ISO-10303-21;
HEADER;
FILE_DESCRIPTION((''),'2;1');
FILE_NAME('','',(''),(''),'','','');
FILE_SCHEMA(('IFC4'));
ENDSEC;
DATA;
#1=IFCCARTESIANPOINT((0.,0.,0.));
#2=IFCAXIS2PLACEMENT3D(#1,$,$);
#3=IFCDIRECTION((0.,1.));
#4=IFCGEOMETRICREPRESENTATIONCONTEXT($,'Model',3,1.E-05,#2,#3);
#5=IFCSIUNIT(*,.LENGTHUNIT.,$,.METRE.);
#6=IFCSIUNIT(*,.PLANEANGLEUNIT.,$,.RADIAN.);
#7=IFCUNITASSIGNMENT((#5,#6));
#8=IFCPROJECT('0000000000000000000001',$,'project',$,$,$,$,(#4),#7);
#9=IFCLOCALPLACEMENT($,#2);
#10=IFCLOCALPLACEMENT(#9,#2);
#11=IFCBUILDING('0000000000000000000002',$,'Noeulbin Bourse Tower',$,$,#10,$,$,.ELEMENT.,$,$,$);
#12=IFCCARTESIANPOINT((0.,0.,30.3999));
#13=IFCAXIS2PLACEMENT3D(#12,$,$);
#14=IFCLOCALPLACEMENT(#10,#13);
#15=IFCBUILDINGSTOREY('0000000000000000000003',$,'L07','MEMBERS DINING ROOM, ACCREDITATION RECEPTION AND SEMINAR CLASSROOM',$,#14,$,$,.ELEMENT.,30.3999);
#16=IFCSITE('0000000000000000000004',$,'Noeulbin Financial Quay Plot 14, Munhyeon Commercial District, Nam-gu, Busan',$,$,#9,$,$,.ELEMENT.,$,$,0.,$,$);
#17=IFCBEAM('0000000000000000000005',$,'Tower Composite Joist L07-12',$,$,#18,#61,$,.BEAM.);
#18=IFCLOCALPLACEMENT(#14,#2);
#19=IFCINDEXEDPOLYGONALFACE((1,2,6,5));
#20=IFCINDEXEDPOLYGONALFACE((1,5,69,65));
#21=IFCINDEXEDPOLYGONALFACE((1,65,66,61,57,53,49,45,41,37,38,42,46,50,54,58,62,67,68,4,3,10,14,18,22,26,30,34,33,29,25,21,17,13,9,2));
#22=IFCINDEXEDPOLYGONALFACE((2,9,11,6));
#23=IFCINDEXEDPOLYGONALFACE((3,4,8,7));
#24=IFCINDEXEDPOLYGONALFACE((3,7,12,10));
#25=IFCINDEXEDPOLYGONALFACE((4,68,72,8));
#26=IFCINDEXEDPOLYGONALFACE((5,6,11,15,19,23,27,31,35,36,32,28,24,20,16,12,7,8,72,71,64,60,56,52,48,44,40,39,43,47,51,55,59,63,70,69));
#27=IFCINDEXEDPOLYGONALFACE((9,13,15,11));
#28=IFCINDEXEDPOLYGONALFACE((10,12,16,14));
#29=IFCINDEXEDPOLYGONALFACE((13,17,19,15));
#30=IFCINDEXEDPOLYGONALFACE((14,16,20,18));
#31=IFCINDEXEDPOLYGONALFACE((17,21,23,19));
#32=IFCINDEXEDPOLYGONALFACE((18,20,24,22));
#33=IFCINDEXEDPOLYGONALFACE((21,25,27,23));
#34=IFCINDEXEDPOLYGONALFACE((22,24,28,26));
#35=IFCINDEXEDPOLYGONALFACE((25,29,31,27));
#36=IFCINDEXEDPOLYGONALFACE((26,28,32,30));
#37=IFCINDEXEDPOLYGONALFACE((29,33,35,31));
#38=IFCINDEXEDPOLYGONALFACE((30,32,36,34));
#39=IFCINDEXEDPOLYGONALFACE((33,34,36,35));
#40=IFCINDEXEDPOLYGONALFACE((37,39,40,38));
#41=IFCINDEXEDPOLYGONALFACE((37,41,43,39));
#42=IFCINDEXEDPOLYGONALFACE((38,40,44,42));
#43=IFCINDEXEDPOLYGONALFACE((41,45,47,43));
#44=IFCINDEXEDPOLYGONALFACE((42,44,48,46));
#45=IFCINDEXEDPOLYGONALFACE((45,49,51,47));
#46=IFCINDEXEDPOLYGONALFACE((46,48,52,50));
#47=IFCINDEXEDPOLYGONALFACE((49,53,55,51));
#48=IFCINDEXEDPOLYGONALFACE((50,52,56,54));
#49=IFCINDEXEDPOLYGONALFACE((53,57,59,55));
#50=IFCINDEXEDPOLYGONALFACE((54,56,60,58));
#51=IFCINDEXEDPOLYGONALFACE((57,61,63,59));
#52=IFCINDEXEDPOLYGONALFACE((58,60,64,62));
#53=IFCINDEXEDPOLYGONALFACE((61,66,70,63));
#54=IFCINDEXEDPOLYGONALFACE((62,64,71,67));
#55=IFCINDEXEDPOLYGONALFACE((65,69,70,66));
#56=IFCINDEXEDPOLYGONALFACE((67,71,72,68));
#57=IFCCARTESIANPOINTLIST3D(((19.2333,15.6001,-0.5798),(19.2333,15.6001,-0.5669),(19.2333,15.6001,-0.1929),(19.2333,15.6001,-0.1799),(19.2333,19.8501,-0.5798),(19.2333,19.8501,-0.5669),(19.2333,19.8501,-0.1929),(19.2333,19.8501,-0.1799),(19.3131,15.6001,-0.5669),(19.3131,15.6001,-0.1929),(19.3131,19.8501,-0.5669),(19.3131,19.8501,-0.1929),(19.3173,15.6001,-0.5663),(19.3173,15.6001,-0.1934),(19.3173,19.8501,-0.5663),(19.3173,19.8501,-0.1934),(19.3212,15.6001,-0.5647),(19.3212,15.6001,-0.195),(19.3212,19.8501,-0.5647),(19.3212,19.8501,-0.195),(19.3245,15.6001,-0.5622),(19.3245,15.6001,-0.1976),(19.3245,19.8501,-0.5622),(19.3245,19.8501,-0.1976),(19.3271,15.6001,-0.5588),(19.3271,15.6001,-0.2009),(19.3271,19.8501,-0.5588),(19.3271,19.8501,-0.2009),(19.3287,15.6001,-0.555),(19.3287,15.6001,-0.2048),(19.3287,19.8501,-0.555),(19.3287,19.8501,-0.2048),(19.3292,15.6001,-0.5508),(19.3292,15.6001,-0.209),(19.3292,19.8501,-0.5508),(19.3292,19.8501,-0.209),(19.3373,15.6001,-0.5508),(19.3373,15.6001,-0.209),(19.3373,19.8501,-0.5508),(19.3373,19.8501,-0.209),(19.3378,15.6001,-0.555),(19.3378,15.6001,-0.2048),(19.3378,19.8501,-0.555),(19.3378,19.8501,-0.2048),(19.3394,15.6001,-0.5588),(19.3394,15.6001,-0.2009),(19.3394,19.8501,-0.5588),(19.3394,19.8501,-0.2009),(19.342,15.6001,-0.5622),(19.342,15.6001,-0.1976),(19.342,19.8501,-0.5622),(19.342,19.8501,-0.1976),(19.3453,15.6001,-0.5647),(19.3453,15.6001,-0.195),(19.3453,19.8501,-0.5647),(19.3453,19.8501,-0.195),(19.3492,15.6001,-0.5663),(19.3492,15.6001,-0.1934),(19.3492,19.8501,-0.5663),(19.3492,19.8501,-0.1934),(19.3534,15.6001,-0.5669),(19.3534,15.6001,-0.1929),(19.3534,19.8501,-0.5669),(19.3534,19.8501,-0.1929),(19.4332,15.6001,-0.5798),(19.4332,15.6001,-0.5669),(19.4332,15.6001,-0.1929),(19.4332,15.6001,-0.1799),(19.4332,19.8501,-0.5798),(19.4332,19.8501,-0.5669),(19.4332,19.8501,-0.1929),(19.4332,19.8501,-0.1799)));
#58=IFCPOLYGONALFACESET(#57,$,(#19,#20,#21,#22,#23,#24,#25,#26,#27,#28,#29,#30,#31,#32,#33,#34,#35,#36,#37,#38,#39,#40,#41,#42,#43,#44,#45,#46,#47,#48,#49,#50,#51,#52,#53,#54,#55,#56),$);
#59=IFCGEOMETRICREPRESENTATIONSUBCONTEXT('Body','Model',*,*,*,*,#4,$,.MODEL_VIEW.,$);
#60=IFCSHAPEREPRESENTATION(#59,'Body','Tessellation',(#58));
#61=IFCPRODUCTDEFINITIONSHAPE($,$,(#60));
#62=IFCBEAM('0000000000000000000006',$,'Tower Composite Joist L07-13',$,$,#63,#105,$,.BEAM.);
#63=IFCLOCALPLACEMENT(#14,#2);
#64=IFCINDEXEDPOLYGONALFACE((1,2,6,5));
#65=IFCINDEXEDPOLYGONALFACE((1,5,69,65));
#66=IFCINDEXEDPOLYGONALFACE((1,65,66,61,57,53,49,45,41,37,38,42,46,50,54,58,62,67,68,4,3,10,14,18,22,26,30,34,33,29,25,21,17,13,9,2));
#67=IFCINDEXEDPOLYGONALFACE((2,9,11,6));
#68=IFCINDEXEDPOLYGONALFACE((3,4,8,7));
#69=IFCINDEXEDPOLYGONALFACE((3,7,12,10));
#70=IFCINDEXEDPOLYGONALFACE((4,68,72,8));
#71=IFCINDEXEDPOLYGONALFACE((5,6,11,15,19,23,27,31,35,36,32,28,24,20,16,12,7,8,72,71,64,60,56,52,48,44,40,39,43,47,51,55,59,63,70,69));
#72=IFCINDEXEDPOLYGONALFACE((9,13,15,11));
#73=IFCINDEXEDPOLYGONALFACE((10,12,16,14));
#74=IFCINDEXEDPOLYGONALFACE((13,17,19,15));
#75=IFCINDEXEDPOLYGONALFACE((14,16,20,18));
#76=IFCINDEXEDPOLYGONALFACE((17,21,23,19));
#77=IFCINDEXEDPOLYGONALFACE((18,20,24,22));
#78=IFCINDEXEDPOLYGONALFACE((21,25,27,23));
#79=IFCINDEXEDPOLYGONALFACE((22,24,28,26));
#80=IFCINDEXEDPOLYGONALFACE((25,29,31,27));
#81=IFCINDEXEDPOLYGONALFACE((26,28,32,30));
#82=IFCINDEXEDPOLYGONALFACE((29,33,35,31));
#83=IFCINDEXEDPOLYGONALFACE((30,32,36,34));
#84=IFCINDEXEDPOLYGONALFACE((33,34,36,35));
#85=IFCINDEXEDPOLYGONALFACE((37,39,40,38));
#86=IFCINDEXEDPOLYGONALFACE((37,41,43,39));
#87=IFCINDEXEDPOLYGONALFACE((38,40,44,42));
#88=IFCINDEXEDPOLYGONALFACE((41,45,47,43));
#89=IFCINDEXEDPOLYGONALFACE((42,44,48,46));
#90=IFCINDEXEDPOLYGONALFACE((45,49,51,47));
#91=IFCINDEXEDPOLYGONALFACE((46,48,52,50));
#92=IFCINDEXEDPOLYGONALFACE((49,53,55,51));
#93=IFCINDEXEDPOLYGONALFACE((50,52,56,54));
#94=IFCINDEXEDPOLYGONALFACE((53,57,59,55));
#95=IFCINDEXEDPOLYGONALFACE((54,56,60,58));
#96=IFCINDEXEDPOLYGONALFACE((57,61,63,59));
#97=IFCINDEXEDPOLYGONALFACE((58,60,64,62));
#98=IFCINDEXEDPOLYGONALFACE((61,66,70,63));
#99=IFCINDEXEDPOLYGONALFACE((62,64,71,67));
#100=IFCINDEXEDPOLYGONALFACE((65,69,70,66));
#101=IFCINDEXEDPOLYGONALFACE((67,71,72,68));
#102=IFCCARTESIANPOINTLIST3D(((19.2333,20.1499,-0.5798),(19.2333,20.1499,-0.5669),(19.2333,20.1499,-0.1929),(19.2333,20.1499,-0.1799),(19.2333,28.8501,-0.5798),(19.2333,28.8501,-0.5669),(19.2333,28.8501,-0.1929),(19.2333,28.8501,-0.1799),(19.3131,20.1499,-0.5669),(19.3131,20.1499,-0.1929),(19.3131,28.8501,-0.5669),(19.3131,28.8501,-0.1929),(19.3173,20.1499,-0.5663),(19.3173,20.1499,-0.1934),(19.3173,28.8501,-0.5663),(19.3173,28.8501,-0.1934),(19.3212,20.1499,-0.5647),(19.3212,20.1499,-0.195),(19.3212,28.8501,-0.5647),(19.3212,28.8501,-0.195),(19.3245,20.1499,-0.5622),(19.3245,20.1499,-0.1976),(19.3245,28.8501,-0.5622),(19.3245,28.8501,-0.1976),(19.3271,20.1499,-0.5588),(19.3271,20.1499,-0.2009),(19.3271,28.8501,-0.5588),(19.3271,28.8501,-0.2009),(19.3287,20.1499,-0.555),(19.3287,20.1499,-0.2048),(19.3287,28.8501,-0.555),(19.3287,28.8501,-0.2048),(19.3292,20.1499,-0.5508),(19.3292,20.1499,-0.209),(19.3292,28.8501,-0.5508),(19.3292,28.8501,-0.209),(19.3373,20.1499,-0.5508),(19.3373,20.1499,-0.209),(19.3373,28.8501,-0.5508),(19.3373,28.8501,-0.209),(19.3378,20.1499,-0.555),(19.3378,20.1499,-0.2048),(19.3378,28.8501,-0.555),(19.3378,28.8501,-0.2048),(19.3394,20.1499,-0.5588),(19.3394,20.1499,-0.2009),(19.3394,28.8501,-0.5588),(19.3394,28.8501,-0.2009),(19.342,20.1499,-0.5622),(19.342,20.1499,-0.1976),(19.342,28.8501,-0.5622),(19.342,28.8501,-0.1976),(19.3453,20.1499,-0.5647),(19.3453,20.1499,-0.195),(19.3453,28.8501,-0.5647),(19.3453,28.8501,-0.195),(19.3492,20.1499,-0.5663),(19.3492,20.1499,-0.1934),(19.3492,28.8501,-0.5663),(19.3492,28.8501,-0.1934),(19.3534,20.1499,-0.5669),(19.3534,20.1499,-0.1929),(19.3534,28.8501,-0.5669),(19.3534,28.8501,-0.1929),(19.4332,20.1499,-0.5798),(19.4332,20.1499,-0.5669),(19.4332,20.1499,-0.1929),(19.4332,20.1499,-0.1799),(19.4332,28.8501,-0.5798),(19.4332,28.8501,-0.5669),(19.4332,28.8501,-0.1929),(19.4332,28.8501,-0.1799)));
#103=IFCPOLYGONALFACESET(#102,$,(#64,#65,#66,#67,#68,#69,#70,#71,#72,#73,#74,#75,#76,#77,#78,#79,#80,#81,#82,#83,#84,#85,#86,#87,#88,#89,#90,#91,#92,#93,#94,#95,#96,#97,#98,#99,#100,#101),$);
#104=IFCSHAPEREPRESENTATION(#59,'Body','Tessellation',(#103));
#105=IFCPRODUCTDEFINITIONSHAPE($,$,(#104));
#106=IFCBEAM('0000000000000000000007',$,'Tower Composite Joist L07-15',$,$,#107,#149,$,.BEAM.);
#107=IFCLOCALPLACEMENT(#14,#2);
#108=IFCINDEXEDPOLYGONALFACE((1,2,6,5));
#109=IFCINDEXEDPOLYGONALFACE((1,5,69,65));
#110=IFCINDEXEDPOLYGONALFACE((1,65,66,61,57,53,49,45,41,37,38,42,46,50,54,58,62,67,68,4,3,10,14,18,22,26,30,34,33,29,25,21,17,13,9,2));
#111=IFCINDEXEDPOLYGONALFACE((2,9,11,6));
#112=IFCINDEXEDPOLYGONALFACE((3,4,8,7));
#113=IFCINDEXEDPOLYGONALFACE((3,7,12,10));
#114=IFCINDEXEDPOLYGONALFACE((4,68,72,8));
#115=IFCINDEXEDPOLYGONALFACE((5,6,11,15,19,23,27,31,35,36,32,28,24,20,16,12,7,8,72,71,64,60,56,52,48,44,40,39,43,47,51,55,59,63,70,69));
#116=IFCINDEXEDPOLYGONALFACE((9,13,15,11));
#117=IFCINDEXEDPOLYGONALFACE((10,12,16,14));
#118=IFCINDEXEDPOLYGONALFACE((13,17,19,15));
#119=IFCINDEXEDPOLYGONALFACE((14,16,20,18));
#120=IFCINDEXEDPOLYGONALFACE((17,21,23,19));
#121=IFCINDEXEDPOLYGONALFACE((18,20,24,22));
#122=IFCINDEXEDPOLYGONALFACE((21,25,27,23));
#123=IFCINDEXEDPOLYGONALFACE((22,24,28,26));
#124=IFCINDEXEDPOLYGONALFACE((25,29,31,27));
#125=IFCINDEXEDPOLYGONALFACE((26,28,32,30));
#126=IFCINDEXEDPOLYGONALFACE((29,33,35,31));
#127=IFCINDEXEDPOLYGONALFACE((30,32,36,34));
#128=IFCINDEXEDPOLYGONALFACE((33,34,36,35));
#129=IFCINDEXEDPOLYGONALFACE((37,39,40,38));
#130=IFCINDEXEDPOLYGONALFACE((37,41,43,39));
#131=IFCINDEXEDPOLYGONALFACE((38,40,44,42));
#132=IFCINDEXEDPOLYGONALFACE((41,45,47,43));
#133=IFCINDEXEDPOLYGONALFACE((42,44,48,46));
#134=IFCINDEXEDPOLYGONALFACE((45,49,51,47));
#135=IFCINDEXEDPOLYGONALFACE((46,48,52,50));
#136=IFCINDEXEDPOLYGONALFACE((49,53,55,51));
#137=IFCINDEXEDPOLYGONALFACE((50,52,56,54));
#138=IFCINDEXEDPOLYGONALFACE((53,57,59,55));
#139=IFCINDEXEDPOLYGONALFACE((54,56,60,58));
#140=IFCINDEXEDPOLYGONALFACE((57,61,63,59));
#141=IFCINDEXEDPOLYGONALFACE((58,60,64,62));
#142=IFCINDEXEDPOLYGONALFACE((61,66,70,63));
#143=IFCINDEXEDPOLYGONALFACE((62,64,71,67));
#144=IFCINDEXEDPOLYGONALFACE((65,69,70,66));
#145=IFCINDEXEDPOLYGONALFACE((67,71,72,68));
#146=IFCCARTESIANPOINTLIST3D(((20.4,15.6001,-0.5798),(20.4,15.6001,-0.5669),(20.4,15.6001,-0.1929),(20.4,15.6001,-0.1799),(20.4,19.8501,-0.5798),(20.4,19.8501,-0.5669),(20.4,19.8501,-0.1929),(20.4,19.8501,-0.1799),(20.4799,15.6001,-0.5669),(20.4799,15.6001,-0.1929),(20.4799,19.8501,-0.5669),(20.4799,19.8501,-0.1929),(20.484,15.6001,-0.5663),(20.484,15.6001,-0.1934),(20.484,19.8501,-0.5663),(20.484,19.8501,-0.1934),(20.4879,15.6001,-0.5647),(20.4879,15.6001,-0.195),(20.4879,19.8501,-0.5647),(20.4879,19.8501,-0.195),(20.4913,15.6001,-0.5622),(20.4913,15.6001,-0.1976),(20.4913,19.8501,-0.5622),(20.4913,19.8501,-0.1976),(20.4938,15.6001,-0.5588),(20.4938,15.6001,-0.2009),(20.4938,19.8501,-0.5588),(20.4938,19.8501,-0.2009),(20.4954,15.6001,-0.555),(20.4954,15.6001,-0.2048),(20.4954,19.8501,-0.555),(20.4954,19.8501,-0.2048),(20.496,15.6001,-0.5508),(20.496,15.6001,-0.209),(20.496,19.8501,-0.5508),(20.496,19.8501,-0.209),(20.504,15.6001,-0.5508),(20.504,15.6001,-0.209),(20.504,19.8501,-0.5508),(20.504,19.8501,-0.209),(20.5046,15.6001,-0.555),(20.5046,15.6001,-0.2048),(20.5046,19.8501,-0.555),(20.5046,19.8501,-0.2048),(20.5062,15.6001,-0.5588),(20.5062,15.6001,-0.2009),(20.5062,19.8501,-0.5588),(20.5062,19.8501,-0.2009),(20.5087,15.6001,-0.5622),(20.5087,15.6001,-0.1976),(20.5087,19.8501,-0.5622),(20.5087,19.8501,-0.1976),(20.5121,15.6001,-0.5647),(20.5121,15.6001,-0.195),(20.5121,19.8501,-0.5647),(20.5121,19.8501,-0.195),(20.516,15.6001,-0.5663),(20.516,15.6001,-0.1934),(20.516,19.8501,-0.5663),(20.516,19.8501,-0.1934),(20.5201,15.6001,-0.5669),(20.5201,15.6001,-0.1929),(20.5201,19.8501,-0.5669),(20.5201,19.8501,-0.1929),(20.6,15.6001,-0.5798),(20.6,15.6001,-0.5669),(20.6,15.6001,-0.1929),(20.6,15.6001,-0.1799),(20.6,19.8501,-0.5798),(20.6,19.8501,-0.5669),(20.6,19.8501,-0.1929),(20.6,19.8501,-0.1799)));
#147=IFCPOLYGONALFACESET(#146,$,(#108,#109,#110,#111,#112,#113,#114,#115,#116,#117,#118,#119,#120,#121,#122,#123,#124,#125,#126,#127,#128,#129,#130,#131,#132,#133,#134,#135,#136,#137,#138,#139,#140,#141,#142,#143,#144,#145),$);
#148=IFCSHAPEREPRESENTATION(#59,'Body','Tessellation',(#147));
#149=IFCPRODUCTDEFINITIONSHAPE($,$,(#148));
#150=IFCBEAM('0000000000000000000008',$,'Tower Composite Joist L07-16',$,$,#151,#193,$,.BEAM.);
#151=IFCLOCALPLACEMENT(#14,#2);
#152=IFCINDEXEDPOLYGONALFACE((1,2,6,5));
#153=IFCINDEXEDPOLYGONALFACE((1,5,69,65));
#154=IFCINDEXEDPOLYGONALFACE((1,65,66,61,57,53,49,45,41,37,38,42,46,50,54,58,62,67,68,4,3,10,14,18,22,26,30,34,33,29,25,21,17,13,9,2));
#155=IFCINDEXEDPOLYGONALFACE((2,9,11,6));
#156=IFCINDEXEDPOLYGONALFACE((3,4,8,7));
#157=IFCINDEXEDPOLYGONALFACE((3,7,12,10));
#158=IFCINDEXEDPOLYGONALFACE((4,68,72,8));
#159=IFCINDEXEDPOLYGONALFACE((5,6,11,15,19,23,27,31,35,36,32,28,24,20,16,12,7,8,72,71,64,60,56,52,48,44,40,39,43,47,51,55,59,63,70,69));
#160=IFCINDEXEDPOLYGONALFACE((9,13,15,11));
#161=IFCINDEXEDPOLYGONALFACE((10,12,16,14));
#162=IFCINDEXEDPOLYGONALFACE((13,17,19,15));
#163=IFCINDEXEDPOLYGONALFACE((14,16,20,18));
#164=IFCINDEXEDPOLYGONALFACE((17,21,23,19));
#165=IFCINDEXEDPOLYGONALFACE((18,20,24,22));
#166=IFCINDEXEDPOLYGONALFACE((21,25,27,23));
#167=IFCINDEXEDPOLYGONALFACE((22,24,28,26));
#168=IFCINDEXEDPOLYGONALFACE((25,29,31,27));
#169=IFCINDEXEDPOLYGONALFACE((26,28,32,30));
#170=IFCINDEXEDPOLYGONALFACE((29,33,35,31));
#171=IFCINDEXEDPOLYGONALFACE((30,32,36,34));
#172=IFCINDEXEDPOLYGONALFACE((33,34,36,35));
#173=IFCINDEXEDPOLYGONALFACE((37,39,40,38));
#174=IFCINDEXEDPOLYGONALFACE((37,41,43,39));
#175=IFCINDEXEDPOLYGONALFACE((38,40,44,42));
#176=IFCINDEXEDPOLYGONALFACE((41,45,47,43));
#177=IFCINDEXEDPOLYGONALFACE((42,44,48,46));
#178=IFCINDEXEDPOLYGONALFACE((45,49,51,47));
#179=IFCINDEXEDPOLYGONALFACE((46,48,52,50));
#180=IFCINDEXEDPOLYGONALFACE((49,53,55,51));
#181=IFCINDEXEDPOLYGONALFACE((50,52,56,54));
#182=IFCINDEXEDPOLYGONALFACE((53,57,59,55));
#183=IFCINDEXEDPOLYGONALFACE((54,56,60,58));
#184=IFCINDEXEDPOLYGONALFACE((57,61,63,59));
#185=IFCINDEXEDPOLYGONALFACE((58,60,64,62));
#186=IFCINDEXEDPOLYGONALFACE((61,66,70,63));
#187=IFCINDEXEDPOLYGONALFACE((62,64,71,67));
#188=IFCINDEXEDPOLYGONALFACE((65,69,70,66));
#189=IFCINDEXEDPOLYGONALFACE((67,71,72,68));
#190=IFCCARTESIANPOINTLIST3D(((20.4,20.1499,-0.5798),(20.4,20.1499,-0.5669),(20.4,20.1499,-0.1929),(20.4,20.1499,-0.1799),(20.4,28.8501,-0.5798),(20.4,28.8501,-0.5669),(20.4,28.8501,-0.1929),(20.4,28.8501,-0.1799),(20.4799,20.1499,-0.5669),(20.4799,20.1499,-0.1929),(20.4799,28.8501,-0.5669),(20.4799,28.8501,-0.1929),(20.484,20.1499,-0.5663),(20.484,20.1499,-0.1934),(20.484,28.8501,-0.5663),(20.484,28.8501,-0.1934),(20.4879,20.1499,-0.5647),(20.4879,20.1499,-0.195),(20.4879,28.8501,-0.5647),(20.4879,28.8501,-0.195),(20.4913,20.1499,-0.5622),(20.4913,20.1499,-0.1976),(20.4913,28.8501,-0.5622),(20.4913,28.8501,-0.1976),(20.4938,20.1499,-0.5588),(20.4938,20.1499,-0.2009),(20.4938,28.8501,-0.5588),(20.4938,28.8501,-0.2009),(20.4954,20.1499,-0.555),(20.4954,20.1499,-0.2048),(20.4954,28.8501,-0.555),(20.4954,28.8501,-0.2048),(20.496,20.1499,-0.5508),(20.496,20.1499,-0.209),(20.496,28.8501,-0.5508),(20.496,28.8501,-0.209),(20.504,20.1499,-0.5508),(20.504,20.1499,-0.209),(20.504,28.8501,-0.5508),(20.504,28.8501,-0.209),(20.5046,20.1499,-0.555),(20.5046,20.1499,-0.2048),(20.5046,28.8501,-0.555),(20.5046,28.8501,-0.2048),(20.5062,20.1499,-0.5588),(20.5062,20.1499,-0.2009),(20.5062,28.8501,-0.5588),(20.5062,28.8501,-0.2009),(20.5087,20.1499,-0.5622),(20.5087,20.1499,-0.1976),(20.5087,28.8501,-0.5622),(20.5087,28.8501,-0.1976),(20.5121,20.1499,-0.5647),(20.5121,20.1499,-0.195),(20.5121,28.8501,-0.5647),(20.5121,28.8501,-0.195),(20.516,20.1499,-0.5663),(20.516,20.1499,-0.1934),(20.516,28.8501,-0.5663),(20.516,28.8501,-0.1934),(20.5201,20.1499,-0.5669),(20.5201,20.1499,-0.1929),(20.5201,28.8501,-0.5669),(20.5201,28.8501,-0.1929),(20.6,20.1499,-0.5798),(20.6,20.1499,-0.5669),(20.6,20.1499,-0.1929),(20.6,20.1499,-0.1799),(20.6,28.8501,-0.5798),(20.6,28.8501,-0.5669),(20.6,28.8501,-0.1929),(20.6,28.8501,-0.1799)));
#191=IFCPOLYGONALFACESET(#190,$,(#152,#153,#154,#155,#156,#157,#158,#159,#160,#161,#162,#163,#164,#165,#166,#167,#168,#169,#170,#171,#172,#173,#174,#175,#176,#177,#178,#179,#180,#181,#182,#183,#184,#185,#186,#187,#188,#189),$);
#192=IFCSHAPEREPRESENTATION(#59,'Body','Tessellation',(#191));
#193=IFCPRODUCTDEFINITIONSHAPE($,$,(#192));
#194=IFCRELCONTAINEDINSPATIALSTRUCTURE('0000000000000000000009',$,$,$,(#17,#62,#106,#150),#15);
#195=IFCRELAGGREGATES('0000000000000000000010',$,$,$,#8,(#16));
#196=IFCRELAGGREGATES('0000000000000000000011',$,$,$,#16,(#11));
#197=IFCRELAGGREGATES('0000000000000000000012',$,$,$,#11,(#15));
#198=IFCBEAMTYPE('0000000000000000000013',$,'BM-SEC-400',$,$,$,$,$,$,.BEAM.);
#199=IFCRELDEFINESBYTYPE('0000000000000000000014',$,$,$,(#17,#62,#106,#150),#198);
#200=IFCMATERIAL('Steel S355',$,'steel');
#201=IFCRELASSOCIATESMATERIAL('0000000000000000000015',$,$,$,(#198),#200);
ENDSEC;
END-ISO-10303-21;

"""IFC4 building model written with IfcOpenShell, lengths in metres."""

from ifc_helpers import new_model, si_unit, direction, frame, origin, origin_2d, place, context, subcontext, project, spatial, i_section, extrude, material, material_profile, profile_set, type_object, element, save


model = new_model("IFC4")

# Units and contexts
model_context = context("Model", 3, precision=1e-05, world=origin(), true_north=direction((0.0, 1.0)))
body_context = subcontext(model_context, "Body", "Model", "MODEL_VIEW")
ifc_project = project(units=[si_unit("LENGTHUNIT", "METRE"), si_unit("PLANEANGLEUNIT", "RADIAN")], contexts=[model_context])

# Site, building, storey
site_placement = place(None, origin())
site = spatial("IfcSite", under=ifc_project, at=site_placement, Name="Noeulbin Financial Quay Plot 14, Munhyeon Commercial District, Nam-gu, Busan", CompositionType="ELEMENT", RefElevation=0.0)
building_placement = place(site_placement, origin())
building = spatial("IfcBuilding", under=site, at=building_placement, Name="Noeulbin Bourse Tower", CompositionType="ELEMENT")
storey_placement = place(building_placement, frame((0.0, 0.0, 30.3999)))
storey = spatial("IfcBuildingStorey", under=building, at=storey_placement, Name="L07", Description="MEMBERS DINING ROOM, ACCREDITATION RECEPTION AND SEMINAR CLASSROOM", CompositionType="ELEMENT", Elevation=30.3999)

# Beams
ifc_material_1 = material(Name="Steel S355", Category="steel")
ifc_material_profile_1 = material_profile(ifc_material_1, i_section(OverallWidth=0.2, OverallDepth=0.3999, WebThickness=0.0081, FlangeThickness=0.0129, FilletRadius=0.0161, at=origin_2d()), Name="H-400x200x8x13", Category="LoadBearing")
ifc_profile_set_1 = profile_set([ifc_material_profile_1], Name="Steel S355")
beam_type_1 = type_object("IfcBeamType", Name="BM-SEC-400", PredefinedType="BEAM", material=ifc_profile_set_1)
beam_1_placement = place(storey_placement, frame((19.3333, 15.6001, -0.3799), z_axis=(0.0, 1.0, 0.0), x_axis=(-1.0, 0.0, 0.0)))
element("IfcBeam", 1, at=beam_1_placement, inside=storey, type_object=beam_type_1, Name="Tower Composite Joist L07-12", PredefinedType="BEAM", context=body_context, shape_type="SweptSolid", body=[
    extrude(i_section(OverallWidth=0.2, OverallDepth=0.3999, WebThickness=0.0081, FlangeThickness=0.0129, FilletRadius=0.0161, at=origin_2d()), origin(), (0.0, 0.0, 1.0), 4.25),
])
beam_2_placement = place(storey_placement, frame((19.3333, 20.1499, -0.3799), z_axis=(0.0, 1.0, 0.0), x_axis=(-1.0, 0.0, 0.0)))
element("IfcBeam", 2, at=beam_2_placement, inside=storey, type_object=beam_type_1, Name="Tower Composite Joist L07-13", PredefinedType="BEAM", context=body_context, shape_type="SweptSolid", body=[
    extrude(i_section(OverallWidth=0.2, OverallDepth=0.3999, WebThickness=0.0081, FlangeThickness=0.0129, FilletRadius=0.0161, at=origin_2d()), origin(), (0.0, 0.0, 1.0), 8.7002),
])
beam_3_placement = place(storey_placement, frame((20.5, 15.6001, -0.3799), z_axis=(0.0, 1.0, 0.0), x_axis=(-1.0, 0.0, 0.0)))
element("IfcBeam", 3, at=beam_3_placement, inside=storey, type_object=beam_type_1, Name="Tower Composite Joist L07-15", PredefinedType="BEAM", context=body_context, shape_type="SweptSolid", body=[
    extrude(i_section(OverallWidth=0.2, OverallDepth=0.3999, WebThickness=0.0081, FlangeThickness=0.0129, FilletRadius=0.0161, at=origin_2d()), origin(), (0.0, 0.0, 1.0), 4.25),
])
beam_4_placement = place(storey_placement, frame((20.5, 20.1499, -0.3799), z_axis=(0.0, 1.0, 0.0), x_axis=(-1.0, 0.0, 0.0)))
element("IfcBeam", 4, at=beam_4_placement, inside=storey, type_object=beam_type_1, Name="Tower Composite Joist L07-16", PredefinedType="BEAM", context=body_context, shape_type="SweptSolid", body=[
    extrude(i_section(OverallWidth=0.2, OverallDepth=0.3999, WebThickness=0.0081, FlangeThickness=0.0129, FilletRadius=0.0161, at=origin_2d()), origin(), (0.0, 0.0, 1.0), 8.7002),
])

save(model, "model.ifc")
